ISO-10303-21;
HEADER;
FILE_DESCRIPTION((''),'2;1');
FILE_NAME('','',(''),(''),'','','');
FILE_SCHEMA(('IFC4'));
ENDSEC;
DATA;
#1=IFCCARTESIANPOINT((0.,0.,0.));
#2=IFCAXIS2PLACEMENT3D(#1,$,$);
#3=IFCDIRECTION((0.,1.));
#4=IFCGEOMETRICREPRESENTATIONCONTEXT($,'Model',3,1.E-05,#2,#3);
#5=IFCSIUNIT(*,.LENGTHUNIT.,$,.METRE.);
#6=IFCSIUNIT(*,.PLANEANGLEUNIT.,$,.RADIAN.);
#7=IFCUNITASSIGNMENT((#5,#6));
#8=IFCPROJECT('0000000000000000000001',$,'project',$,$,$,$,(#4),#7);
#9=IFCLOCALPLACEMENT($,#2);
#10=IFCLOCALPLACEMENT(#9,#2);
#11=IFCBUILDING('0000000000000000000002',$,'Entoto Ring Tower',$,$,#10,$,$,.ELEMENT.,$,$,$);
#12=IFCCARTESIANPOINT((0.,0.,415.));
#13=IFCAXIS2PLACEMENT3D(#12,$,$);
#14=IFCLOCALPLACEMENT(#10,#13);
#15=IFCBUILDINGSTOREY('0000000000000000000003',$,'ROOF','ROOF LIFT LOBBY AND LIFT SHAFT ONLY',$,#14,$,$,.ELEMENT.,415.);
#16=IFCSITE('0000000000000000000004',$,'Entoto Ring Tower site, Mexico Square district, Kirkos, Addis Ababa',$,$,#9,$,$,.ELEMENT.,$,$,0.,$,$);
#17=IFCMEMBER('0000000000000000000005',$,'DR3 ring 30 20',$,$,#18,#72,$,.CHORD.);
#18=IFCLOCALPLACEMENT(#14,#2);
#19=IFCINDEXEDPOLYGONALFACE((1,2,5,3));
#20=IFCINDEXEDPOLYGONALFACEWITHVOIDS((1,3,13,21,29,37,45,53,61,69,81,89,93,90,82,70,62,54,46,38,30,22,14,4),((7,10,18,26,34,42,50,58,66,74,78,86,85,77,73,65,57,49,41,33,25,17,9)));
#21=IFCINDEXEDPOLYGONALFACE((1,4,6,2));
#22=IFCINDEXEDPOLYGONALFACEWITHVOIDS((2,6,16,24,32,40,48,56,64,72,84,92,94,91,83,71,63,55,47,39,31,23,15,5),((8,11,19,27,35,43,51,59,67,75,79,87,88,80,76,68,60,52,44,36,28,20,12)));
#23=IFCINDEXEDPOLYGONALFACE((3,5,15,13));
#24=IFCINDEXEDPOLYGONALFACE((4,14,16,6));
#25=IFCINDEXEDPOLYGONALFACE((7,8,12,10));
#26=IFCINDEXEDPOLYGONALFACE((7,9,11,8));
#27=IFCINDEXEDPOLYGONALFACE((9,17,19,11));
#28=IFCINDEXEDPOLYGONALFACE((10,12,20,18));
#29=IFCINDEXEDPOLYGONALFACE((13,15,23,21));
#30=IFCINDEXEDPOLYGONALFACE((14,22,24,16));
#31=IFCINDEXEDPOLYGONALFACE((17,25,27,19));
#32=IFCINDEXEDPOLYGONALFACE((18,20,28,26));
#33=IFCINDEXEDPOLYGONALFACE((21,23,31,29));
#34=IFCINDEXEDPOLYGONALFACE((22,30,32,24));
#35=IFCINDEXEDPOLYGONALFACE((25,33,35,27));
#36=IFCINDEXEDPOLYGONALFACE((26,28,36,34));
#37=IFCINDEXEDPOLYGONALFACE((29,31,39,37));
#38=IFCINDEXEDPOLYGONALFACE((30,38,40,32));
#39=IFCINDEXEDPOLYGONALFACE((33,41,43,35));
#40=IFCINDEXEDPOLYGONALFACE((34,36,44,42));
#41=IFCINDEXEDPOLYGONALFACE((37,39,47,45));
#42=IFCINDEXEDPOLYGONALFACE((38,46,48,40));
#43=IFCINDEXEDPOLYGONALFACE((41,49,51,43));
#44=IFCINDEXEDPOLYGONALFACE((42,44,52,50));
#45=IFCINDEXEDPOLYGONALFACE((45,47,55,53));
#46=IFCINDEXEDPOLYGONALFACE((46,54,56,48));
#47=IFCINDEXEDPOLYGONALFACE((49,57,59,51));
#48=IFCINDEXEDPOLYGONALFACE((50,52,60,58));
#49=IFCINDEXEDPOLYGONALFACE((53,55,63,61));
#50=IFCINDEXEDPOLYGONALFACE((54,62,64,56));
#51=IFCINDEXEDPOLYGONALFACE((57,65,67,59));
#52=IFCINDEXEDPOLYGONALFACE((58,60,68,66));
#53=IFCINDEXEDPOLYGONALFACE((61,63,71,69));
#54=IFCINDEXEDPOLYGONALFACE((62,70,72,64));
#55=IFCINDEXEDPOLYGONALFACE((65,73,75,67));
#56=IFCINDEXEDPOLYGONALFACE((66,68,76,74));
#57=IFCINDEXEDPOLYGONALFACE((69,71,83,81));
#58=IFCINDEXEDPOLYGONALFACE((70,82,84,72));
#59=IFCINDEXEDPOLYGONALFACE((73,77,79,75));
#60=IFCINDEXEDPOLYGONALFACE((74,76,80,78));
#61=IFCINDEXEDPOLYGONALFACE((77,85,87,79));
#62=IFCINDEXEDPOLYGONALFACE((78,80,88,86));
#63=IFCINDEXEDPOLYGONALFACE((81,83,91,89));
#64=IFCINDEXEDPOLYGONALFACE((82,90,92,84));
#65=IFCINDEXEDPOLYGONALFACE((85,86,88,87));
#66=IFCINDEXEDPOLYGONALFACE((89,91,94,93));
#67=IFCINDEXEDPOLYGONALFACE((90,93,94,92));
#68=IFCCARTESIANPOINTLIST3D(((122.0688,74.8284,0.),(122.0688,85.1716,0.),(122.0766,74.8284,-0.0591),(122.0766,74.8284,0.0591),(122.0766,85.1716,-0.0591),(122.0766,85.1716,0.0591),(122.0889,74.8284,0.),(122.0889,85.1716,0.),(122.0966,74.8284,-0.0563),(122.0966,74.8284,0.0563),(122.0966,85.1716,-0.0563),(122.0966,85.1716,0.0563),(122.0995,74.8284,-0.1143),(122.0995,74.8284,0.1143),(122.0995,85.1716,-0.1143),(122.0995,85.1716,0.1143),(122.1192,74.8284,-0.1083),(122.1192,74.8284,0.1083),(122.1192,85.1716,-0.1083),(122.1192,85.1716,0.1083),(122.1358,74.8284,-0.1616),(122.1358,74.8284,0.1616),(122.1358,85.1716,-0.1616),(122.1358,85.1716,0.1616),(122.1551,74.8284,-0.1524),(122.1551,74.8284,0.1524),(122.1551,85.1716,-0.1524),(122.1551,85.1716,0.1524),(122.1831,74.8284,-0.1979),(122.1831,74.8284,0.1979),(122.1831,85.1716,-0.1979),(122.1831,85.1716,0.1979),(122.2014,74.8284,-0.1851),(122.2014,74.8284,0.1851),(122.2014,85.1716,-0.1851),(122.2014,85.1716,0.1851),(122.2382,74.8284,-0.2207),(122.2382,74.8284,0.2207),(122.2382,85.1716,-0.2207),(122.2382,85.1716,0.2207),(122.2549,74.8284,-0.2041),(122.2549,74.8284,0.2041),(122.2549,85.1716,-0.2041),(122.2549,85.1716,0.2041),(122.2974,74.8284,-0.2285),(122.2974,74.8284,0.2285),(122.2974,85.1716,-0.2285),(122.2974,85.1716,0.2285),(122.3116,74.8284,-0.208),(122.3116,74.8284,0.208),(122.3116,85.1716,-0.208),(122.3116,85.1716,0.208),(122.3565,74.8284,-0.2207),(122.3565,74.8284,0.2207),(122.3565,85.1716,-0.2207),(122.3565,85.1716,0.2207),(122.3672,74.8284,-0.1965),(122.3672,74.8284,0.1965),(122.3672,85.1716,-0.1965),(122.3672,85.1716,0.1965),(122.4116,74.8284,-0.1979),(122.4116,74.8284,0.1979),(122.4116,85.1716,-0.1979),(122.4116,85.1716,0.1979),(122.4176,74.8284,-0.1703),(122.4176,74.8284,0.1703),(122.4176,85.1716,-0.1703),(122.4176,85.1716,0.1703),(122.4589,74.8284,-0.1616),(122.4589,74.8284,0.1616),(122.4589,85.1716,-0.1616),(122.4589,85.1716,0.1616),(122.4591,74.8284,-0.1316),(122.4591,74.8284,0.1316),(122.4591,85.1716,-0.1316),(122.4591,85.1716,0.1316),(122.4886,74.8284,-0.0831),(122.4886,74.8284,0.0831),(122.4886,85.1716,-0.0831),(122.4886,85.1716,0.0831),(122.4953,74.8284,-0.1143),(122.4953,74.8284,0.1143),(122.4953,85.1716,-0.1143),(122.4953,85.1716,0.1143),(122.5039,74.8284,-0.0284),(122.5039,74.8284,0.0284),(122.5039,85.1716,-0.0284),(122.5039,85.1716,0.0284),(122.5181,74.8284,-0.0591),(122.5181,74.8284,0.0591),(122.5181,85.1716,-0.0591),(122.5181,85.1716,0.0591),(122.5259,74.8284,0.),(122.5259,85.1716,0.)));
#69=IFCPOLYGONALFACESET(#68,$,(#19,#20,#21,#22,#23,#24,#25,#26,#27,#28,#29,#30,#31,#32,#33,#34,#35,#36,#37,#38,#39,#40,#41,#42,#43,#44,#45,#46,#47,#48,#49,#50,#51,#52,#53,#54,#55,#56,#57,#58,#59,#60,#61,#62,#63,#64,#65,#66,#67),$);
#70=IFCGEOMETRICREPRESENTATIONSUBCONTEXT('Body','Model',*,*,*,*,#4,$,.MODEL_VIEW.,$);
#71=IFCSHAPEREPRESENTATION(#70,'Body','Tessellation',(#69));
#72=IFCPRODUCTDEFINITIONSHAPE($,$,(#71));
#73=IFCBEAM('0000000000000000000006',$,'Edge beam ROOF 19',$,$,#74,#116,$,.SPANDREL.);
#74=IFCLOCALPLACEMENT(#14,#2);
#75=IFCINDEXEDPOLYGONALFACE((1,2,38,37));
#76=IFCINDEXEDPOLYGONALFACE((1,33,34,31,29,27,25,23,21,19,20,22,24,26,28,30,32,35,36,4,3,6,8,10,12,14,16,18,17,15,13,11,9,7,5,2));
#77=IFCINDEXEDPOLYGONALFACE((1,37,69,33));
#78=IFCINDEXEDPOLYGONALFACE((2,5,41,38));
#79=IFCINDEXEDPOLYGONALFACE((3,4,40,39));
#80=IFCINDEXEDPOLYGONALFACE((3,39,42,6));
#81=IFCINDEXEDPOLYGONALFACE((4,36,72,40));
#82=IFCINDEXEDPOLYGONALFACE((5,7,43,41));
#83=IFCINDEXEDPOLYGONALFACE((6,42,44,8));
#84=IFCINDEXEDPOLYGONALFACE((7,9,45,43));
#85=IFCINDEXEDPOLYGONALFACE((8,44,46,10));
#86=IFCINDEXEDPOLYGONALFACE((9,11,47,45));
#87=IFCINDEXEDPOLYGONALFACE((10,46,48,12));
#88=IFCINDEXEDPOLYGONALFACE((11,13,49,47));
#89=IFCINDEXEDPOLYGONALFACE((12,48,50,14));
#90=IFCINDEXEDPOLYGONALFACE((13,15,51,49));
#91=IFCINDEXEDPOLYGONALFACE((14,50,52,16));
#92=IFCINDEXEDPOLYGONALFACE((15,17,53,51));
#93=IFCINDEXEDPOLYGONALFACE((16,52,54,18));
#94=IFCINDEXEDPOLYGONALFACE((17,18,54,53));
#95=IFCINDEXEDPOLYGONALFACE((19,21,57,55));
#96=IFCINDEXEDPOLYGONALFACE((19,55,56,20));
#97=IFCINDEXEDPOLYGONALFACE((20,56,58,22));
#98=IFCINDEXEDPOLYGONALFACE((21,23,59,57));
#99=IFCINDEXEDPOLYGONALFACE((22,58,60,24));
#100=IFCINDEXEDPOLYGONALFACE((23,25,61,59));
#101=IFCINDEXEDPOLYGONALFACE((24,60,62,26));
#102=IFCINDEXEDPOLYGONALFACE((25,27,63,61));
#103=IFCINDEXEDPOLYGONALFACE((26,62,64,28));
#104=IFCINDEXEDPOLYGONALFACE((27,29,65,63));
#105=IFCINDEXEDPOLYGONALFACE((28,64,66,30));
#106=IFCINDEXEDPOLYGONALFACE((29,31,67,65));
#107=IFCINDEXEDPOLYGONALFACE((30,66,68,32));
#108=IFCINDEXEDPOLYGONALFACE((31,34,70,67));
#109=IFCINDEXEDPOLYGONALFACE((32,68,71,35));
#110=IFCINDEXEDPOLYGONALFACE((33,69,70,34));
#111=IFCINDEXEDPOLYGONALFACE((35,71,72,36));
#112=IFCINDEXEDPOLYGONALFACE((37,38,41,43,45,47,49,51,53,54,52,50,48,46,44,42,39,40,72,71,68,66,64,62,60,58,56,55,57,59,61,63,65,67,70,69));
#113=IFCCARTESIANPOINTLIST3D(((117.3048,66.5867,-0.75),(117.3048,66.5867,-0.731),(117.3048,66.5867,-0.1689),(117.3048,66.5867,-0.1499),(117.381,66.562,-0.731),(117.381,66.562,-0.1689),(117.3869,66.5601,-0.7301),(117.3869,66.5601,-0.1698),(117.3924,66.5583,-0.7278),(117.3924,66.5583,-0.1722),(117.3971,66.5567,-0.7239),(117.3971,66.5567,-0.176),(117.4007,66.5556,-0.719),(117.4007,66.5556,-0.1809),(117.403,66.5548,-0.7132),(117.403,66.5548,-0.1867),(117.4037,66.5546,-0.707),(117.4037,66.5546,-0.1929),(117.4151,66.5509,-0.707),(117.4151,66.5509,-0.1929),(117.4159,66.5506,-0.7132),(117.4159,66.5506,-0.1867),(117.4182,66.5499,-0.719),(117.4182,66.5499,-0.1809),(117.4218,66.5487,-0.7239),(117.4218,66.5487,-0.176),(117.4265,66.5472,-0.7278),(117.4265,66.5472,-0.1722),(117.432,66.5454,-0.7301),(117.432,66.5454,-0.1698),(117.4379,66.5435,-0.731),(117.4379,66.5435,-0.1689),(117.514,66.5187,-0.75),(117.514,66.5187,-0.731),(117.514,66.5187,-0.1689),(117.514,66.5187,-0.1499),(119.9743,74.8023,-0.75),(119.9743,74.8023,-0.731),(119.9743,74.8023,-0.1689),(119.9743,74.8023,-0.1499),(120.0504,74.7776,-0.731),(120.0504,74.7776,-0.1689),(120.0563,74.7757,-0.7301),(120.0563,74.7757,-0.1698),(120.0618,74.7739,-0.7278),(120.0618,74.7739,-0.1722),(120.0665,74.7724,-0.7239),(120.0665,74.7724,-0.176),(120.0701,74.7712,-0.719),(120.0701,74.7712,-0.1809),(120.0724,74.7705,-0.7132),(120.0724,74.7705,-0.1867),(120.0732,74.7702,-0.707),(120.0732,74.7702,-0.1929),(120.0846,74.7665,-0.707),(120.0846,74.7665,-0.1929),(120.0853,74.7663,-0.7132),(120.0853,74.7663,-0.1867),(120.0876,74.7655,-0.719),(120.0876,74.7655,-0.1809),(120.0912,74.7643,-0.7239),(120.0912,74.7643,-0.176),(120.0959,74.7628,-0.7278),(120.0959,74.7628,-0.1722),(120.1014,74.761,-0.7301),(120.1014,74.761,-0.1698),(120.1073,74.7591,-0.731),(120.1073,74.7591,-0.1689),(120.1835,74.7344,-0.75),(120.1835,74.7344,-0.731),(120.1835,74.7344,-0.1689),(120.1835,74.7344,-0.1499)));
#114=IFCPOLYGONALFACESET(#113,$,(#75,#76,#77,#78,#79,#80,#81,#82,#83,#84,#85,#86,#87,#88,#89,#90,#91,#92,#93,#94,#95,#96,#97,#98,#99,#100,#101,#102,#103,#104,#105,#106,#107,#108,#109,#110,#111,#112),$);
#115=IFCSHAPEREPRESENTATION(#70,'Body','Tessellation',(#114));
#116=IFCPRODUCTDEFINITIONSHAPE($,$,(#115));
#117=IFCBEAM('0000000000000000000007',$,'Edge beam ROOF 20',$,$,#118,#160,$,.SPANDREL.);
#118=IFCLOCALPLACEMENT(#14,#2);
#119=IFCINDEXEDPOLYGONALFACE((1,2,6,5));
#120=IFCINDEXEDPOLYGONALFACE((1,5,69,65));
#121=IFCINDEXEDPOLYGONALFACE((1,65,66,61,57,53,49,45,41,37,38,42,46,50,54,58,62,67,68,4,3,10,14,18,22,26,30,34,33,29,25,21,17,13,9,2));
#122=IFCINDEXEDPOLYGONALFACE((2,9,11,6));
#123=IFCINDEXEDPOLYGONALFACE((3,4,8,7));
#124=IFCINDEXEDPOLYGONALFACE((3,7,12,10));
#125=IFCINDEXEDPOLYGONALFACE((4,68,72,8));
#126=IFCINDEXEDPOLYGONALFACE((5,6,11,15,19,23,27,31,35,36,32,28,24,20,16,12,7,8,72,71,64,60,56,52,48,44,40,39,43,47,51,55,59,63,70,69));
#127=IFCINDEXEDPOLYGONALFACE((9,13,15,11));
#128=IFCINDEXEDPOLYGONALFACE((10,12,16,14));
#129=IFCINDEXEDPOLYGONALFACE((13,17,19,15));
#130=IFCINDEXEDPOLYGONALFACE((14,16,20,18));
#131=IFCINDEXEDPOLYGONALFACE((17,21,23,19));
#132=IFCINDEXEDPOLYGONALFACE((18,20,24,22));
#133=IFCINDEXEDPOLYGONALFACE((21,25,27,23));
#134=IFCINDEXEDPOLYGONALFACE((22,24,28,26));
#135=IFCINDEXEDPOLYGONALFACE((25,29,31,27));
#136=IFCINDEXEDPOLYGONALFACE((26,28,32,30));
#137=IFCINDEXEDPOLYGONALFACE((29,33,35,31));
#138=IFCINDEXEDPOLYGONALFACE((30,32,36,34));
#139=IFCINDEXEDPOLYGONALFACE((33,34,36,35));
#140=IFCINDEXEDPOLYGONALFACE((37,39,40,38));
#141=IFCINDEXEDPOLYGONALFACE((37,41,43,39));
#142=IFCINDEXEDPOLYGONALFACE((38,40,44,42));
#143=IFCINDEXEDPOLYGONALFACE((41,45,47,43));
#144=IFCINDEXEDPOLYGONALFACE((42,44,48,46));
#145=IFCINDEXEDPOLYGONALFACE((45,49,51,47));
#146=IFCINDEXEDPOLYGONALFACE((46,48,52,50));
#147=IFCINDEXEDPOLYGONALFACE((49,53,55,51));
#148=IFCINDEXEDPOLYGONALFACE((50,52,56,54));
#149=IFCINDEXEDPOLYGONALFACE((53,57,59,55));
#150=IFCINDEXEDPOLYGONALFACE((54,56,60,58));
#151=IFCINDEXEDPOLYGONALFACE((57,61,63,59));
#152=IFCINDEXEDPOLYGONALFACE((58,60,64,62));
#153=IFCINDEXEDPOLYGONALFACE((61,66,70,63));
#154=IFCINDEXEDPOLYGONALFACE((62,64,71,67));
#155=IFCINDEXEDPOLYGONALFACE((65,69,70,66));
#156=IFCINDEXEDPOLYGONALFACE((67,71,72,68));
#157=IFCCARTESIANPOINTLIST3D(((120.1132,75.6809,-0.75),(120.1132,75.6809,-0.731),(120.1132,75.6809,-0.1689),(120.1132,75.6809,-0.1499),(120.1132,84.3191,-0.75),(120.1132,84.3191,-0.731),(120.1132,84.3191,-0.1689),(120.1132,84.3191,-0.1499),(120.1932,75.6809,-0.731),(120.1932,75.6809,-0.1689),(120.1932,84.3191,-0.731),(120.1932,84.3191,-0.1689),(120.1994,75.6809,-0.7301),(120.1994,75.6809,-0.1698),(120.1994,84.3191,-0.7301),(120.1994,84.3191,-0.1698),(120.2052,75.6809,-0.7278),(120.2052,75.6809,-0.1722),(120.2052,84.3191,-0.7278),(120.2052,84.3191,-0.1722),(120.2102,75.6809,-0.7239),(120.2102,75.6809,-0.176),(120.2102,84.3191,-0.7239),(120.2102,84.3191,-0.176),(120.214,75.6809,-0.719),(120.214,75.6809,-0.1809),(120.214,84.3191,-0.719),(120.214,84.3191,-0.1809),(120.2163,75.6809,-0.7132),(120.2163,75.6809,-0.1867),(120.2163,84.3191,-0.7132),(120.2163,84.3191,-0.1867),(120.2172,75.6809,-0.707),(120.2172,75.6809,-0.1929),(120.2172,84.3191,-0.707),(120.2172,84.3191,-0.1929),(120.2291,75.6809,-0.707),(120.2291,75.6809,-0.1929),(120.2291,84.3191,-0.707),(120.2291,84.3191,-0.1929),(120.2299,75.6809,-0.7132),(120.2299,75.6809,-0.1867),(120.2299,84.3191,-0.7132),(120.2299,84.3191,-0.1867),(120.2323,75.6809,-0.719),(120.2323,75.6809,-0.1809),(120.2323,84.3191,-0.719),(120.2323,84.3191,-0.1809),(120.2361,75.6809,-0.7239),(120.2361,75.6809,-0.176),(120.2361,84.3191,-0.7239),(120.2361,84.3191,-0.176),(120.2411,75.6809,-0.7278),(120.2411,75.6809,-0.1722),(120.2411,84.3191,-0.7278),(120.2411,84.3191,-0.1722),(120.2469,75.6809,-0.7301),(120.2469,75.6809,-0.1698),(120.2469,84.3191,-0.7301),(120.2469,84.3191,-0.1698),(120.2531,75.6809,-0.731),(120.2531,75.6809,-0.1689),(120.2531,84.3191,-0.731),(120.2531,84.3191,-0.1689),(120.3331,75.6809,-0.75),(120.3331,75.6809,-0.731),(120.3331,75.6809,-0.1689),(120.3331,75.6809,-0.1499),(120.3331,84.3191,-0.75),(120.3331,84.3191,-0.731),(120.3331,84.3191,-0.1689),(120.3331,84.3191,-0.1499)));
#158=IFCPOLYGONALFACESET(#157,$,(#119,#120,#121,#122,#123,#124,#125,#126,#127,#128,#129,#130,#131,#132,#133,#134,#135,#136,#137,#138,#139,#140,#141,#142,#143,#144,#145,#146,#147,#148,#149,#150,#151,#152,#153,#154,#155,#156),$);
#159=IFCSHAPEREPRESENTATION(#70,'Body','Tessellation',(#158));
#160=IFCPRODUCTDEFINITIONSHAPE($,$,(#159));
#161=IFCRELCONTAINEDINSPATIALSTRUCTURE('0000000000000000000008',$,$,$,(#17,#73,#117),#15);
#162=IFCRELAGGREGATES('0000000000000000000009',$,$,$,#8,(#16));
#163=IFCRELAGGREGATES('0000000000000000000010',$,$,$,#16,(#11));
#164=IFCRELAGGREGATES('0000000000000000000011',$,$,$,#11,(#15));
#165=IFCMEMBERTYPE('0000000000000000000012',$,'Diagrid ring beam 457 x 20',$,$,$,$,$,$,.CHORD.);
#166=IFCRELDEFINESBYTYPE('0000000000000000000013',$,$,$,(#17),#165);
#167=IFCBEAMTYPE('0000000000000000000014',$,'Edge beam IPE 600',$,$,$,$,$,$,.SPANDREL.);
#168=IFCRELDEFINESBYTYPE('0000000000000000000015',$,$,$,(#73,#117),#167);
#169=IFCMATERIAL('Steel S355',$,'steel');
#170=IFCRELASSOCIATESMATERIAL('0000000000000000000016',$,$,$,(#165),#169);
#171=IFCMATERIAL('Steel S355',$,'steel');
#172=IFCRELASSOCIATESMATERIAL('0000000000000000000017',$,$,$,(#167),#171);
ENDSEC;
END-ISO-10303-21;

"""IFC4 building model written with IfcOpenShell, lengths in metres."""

from ifc_helpers import new_model, si_unit, direction, frame, origin, origin_2d, place, context, subcontext, project, spatial, circle, hollow_circle, i_section, extrude, material, material_profile, profile_set, type_object, element, save


model = new_model("IFC4")

# Units and contexts
model_context = context("Model", 3, precision=1e-05, world=origin(), true_north=direction((0.0, 1.0)))
body_context = subcontext(model_context, "Body", "Model", "MODEL_VIEW")
ifc_project = project(units=[si_unit("LENGTHUNIT", "METRE"), si_unit("PLANEANGLEUNIT", "RADIAN")], contexts=[model_context])

# Site, building, storey
site_placement = place(None, origin())
site = spatial("IfcSite", under=ifc_project, at=site_placement, Name="Entoto Ring Tower site, Mexico Square district, Kirkos, Addis Ababa", CompositionType="ELEMENT", RefElevation=0.0)
building_placement = place(site_placement, origin())
building = spatial("IfcBuilding", under=site, at=building_placement, Name="Entoto Ring Tower", CompositionType="ELEMENT")
storey_placement = place(building_placement, frame((0.0, 0.0, 415.0)))
storey = spatial("IfcBuildingStorey", under=building, at=storey_placement, Name="ROOF", Description="ROOF LIFT LOBBY AND LIFT SHAFT ONLY", CompositionType="ELEMENT", Elevation=415.0)

# Member
ifc_material_1 = material(Name="Steel S355", Category="steel")
ifc_material_profile_1 = material_profile(ifc_material_1, hollow_circle(Radius=0.2285, WallThickness=0.02, at=origin_2d()), Name="CHS 457 x 20")
ifc_material_2 = material(Name="Concrete C60/75", Category="concrete")
ifc_material_profile_2 = material_profile(ifc_material_2, circle(Radius=0.2085, at=origin_2d()), Name="Concrete C60/75 infill")
ifc_profile_set_1 = profile_set([ifc_material_profile_1, ifc_material_profile_2], Name="Steel S355")
member_type_1 = type_object("IfcMemberType", Name="Diagrid ring beam 457 x 20", PredefinedType="CHORD", material=ifc_profile_set_1)
member_1_placement = place(storey_placement, frame((122.2974, 74.8284, 0.0), z_axis=(0.0, 1.0, 0.0), x_axis=(-1.0, 0.0, 0.0)))
element("IfcMember", 1, at=member_1_placement, inside=storey, type_object=member_type_1, Name="DR3 ring 30 20", PredefinedType="CHORD", context=body_context, shape_type="SweptSolid", body=[
    extrude(hollow_circle(Radius=0.2285, WallThickness=0.02, at=origin_2d()), origin(), (0.0, 0.0, 1.0), 10.3433),
])

# Beams
ifc_material_3 = material(Name="Steel S355", Category="steel")
ifc_material_profile_3 = material_profile(ifc_material_3, i_section(OverallWidth=0.22, OverallDepth=0.6001, WebThickness=0.012, FlangeThickness=0.019, FilletRadius=0.0239, at=origin_2d()), Name="IPE 600")
ifc_profile_set_2 = profile_set([ifc_material_profile_3], Name="Steel S355")
beam_type_1 = type_object("IfcBeamType", Name="Edge beam IPE 600", PredefinedType="SPANDREL", material=ifc_profile_set_2)
beam_1_placement = place(storey_placement, frame((117.4094, 66.5527, -0.45), z_axis=(0.30902, 0.951055, 0.0), x_axis=(-0.951055, 0.30902, 0.0)))
element("IfcBeam", 2, at=beam_1_placement, inside=storey, type_object=beam_type_1, Name="Edge beam ROOF 19", PredefinedType="SPANDREL", context=body_context, shape_type="SweptSolid", body=[
    extrude(i_section(OverallWidth=0.22, OverallDepth=0.6001, WebThickness=0.012, FlangeThickness=0.019, FilletRadius=0.0239, at=origin_2d()), origin(), (0.0, 0.0, 1.0), 8.6384),
])
beam_2_placement = place(storey_placement, frame((120.2231, 75.6809, -0.45), z_axis=(0.0, 1.0, 0.0), x_axis=(-1.0, 0.0, 0.0)))
element("IfcBeam", 3, at=beam_2_placement, inside=storey, type_object=beam_type_1, Name="Edge beam ROOF 20", PredefinedType="SPANDREL", context=body_context, shape_type="SweptSolid", body=[
    extrude(i_section(OverallWidth=0.22, OverallDepth=0.6001, WebThickness=0.012, FlangeThickness=0.019, FilletRadius=0.0239, at=origin_2d()), origin(), (0.0, 0.0, 1.0), 8.6382),
])

save(model, "model.ifc")
